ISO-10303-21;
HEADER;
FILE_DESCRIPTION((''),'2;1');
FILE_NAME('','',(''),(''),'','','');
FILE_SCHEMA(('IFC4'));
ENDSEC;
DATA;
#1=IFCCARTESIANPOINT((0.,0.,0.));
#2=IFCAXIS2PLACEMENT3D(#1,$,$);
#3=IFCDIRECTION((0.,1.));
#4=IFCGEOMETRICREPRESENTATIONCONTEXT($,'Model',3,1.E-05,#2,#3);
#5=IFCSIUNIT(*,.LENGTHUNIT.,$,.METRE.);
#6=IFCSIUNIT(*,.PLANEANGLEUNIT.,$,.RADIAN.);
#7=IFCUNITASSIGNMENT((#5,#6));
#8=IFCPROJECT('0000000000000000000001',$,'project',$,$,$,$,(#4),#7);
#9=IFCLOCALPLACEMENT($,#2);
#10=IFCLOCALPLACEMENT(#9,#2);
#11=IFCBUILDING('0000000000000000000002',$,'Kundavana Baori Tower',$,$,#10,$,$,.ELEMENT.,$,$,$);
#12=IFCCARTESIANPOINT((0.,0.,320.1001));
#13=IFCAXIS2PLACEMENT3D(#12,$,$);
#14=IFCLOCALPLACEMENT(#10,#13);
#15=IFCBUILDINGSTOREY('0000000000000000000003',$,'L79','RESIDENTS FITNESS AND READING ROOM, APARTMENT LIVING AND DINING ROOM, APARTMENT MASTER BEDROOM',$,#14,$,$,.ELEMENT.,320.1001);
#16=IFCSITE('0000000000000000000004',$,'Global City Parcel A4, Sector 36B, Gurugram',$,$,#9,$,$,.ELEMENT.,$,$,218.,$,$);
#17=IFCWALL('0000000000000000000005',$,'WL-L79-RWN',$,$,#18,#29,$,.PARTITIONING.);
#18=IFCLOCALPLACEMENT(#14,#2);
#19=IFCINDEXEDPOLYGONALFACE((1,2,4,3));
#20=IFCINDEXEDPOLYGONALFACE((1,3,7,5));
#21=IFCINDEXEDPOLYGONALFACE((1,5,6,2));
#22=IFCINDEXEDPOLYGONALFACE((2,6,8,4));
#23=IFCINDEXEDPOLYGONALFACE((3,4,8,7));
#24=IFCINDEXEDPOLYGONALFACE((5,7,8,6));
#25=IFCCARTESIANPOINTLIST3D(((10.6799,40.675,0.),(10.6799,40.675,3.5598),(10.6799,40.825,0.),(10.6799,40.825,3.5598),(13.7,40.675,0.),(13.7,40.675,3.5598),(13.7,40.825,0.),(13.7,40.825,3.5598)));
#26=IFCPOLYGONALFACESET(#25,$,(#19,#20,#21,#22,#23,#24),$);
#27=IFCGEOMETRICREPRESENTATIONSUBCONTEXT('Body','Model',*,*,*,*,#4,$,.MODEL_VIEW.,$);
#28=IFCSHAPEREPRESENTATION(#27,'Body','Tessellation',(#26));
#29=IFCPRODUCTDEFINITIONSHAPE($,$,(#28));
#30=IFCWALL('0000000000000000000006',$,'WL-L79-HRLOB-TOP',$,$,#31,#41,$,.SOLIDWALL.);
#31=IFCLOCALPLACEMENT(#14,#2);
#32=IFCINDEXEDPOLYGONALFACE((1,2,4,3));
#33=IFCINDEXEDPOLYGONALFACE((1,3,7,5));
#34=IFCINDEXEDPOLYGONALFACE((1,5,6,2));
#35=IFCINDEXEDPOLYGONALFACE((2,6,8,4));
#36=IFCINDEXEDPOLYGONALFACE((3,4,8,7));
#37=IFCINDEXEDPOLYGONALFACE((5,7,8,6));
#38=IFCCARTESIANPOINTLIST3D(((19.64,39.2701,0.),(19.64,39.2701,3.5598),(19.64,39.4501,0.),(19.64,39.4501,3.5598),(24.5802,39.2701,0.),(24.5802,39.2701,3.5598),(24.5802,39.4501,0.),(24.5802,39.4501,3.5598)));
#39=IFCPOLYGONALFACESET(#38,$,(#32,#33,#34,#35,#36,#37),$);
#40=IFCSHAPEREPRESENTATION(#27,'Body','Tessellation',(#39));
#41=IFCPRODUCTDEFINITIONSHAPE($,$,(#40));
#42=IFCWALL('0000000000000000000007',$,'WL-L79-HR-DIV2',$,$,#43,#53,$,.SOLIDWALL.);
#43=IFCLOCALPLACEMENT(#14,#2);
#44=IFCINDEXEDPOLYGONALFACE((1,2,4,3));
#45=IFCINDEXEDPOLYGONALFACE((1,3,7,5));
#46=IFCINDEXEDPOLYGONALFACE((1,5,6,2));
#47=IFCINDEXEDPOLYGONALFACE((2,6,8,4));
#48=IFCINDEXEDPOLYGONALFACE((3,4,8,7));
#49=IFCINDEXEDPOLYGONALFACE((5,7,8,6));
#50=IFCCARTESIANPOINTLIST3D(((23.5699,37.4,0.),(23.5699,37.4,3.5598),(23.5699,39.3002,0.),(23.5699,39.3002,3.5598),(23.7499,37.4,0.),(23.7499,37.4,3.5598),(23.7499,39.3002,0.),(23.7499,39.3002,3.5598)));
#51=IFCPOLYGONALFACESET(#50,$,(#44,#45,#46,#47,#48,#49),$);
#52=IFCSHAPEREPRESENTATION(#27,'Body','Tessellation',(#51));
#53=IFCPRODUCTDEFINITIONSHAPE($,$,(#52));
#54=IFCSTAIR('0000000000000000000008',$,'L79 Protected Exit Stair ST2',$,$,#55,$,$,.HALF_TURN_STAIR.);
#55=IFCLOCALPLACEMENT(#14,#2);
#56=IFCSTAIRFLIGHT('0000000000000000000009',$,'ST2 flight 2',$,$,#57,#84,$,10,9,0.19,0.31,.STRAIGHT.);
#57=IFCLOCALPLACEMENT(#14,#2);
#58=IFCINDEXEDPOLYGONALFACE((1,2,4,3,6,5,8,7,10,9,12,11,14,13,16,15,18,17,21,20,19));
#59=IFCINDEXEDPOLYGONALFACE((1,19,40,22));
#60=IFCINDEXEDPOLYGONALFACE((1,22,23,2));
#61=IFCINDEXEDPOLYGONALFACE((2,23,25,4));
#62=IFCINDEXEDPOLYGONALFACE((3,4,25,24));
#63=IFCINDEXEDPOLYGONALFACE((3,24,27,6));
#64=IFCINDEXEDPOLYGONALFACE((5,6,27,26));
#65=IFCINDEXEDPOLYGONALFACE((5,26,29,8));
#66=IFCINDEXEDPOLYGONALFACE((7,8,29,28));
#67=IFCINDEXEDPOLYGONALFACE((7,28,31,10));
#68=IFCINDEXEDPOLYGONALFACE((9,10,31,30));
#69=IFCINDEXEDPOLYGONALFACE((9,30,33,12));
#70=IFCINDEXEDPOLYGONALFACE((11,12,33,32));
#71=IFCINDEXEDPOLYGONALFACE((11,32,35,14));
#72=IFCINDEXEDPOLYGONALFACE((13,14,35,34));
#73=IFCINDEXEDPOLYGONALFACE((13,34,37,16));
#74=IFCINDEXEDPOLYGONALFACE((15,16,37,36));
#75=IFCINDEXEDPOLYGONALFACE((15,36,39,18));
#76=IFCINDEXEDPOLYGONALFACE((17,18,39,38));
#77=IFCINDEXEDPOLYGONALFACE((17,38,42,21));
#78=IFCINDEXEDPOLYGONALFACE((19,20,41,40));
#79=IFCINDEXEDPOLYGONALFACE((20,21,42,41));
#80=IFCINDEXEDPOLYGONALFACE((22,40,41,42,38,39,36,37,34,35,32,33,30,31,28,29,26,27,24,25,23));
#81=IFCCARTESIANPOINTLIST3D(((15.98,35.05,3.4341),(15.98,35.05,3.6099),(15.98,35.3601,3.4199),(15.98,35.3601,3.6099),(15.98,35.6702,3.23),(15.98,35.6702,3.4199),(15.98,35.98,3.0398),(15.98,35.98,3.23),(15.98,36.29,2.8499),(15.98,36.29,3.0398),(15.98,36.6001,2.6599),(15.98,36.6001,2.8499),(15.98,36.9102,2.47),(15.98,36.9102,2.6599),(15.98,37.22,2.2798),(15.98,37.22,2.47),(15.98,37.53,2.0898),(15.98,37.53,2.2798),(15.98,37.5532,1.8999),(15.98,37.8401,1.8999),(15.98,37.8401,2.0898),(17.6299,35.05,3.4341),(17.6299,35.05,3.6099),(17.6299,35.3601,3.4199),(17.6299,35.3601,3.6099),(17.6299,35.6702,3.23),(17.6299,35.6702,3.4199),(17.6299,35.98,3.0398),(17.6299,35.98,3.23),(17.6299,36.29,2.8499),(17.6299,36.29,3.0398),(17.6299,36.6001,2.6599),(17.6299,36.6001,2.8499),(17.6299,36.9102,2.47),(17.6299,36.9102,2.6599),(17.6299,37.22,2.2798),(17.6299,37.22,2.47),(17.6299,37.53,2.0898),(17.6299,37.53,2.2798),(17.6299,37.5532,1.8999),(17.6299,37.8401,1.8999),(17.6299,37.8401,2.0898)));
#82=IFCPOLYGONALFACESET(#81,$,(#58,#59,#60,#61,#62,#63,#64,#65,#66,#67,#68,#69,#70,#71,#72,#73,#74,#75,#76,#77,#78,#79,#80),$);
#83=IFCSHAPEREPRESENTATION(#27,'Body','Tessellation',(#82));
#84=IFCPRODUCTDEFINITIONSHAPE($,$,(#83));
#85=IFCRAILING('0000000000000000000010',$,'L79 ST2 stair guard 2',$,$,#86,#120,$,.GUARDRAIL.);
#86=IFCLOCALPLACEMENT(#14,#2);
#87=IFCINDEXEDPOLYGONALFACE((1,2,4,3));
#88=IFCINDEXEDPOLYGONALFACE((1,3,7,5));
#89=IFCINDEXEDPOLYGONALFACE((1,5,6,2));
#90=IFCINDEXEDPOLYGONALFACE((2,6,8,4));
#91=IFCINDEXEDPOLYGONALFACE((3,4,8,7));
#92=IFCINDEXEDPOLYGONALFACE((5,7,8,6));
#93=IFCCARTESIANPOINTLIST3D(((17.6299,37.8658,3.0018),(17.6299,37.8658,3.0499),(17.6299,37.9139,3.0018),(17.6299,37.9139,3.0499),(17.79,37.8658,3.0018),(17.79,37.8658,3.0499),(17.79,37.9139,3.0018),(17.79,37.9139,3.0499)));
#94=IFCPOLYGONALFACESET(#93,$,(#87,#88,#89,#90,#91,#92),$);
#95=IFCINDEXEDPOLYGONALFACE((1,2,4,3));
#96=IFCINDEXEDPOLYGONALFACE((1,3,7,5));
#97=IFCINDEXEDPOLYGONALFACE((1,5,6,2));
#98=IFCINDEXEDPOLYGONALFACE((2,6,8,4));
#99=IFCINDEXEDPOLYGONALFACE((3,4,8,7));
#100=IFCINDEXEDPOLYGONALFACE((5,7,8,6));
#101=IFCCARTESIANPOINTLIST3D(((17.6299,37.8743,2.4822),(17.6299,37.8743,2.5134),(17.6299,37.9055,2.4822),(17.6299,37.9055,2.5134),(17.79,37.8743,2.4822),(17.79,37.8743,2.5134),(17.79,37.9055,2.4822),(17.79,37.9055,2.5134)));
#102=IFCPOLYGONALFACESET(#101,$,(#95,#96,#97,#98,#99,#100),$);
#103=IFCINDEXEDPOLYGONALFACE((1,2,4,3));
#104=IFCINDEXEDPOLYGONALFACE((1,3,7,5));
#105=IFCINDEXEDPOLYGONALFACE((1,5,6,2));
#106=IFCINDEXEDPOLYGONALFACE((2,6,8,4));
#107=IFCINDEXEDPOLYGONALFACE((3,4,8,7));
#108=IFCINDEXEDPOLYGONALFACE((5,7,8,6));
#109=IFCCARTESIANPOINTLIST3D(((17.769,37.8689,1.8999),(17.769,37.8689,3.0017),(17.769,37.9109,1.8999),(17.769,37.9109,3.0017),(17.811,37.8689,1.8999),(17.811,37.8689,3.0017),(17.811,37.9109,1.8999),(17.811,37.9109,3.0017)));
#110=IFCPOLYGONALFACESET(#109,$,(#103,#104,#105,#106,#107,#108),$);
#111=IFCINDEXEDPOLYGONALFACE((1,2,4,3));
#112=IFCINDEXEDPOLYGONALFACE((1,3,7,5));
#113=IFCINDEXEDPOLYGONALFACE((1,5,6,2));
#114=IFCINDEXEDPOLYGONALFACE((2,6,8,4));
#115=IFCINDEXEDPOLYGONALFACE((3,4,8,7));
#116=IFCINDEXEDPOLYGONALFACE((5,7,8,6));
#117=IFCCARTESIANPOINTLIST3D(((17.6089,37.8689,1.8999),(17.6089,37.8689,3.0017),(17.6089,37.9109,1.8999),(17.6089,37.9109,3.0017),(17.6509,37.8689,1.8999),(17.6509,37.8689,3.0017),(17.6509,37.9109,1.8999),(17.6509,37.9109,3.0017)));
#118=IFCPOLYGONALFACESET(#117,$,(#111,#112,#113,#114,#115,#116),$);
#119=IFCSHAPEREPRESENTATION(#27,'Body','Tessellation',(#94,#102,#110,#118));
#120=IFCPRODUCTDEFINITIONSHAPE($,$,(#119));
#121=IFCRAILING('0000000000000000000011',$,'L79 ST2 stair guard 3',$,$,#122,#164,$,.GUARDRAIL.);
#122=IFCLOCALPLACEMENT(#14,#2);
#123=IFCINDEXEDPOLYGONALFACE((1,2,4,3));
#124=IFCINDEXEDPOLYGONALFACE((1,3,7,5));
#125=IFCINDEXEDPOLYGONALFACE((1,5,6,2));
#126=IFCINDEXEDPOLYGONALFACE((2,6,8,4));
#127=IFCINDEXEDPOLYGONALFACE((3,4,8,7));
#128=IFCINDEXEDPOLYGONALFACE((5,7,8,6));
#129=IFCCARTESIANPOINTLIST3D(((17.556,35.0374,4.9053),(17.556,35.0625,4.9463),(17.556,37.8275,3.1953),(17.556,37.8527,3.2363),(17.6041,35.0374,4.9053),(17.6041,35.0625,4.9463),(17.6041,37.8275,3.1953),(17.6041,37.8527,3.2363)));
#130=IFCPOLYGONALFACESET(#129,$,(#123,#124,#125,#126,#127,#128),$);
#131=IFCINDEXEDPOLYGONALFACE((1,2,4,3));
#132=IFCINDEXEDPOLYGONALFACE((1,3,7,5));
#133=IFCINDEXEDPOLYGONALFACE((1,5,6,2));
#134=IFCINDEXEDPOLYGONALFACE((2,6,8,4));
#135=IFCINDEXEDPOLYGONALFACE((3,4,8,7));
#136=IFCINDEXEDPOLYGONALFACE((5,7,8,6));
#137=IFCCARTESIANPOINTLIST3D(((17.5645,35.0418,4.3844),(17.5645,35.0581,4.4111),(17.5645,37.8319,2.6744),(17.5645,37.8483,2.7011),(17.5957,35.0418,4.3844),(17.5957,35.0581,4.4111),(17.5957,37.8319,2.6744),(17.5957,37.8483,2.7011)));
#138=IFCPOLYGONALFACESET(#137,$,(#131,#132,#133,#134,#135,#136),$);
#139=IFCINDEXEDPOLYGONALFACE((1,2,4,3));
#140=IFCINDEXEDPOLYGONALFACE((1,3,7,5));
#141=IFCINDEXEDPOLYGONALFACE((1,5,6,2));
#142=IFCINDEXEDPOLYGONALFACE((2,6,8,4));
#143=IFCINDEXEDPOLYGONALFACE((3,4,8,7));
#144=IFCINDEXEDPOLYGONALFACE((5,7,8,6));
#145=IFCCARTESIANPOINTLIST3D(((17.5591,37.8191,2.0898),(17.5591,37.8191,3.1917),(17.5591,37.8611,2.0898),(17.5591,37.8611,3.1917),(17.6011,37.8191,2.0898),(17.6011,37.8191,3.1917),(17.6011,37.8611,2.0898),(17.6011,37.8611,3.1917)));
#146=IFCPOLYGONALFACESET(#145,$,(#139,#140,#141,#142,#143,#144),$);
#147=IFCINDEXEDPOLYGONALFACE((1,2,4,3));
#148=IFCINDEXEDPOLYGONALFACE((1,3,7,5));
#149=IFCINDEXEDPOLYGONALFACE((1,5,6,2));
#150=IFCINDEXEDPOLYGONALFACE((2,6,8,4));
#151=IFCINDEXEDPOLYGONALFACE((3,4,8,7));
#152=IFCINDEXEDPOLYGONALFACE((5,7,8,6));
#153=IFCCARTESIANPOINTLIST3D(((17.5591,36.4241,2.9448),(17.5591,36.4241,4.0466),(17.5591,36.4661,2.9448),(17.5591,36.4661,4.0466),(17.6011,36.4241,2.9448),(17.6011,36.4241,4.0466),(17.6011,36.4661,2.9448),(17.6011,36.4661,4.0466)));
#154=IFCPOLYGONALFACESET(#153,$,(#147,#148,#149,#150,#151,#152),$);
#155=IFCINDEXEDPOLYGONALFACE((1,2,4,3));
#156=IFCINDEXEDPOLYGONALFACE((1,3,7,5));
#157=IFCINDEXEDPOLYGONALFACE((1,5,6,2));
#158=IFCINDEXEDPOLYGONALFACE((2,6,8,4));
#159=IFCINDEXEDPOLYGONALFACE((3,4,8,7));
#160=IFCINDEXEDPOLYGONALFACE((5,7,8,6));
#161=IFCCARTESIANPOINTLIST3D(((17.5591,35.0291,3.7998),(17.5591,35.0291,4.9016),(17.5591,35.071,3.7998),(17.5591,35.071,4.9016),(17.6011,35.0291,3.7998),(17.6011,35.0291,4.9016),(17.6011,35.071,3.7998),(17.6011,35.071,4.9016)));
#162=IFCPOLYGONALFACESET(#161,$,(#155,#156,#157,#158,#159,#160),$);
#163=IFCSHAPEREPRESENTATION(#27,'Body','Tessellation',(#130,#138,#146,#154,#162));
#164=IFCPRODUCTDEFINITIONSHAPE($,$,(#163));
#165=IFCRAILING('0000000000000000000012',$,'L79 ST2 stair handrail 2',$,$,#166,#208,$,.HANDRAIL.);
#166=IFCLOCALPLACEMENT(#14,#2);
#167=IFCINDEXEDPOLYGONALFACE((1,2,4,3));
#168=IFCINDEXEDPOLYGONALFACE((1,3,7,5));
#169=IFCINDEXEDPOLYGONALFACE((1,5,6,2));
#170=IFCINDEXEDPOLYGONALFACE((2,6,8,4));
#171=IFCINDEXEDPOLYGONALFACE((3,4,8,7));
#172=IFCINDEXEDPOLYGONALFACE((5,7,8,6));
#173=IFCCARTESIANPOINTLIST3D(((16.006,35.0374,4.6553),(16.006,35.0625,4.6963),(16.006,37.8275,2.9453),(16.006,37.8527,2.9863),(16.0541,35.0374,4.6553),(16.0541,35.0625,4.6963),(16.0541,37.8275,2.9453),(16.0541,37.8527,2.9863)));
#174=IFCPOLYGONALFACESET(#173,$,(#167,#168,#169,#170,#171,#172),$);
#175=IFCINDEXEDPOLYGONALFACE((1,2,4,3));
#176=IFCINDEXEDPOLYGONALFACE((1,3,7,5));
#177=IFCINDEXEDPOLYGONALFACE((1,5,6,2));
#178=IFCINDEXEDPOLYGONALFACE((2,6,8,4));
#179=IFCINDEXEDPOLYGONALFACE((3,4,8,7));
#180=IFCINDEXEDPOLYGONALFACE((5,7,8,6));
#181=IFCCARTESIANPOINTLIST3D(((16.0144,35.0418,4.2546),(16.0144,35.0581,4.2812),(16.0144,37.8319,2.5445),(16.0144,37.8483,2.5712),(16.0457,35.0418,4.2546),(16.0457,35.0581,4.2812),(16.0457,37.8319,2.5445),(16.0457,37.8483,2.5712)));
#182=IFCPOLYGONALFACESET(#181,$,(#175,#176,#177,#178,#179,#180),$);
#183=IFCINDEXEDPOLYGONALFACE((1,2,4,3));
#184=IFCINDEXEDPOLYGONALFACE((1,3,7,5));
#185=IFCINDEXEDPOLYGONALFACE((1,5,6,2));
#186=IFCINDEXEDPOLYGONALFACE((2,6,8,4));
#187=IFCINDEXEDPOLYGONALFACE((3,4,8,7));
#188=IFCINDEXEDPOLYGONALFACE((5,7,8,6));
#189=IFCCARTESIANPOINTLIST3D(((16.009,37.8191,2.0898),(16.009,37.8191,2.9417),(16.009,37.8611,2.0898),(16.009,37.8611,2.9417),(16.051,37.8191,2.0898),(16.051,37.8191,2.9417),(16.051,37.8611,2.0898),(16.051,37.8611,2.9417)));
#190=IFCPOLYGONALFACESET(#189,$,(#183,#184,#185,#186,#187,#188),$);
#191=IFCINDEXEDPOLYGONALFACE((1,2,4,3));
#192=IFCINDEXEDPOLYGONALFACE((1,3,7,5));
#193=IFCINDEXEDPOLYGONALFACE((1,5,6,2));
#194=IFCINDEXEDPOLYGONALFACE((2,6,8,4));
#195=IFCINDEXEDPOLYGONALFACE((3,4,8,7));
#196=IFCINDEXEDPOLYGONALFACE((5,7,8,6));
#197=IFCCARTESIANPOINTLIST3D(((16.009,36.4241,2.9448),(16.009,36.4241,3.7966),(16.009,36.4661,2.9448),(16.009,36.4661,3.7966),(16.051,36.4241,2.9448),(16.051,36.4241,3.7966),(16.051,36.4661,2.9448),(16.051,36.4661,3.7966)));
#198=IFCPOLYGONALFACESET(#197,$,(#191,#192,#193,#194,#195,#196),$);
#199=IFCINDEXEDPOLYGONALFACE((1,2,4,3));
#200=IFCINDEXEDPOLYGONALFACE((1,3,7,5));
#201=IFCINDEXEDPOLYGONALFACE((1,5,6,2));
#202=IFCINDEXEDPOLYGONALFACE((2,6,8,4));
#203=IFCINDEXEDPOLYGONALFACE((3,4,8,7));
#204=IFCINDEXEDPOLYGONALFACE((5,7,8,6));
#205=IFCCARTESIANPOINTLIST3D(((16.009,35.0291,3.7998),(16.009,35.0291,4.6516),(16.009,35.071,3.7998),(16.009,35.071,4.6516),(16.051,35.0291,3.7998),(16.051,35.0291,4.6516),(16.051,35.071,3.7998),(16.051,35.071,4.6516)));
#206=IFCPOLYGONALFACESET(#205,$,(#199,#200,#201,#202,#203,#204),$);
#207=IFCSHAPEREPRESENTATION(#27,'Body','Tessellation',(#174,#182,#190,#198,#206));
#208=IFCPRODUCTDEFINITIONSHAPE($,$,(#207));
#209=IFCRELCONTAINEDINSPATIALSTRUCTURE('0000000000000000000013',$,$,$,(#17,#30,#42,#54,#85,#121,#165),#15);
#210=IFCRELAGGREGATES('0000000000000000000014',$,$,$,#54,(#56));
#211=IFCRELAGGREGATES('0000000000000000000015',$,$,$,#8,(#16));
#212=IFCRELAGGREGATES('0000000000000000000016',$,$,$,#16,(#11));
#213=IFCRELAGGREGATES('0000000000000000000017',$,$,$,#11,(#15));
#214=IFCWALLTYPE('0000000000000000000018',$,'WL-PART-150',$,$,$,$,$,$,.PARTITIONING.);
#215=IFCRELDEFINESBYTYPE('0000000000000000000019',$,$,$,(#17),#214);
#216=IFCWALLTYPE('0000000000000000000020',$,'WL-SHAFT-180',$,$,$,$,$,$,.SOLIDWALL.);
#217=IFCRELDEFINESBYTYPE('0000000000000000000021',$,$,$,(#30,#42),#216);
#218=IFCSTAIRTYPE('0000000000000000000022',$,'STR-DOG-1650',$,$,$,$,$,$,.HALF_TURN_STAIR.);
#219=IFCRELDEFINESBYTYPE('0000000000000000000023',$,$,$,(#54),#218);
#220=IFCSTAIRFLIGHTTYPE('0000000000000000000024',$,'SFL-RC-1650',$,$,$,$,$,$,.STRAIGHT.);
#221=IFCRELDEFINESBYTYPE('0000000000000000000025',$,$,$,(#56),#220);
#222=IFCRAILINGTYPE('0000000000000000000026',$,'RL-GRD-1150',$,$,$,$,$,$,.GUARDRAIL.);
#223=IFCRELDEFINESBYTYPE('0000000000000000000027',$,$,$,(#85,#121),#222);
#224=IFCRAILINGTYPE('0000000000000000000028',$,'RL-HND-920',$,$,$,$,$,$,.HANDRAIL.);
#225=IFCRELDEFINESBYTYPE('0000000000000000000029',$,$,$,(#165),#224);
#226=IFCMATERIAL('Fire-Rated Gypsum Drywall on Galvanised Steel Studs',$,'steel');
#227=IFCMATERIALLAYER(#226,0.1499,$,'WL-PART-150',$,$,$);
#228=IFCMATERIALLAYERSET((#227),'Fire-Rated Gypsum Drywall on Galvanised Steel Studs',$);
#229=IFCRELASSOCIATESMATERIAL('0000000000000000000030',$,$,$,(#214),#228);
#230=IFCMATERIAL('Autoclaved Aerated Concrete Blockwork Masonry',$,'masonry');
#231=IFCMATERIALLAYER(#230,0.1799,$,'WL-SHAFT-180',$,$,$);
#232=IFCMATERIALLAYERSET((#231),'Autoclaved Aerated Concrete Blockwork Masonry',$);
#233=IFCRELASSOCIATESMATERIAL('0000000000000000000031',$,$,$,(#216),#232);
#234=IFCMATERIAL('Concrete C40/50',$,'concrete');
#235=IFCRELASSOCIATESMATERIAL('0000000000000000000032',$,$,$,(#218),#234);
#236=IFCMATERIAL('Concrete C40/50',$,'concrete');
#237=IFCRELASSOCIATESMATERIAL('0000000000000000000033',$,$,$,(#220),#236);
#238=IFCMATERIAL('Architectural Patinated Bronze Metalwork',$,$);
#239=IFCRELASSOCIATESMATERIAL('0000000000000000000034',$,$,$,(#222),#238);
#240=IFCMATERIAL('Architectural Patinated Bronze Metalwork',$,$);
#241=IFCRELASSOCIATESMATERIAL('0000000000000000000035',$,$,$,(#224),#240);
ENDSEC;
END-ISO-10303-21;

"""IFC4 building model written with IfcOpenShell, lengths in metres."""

from ifc_helpers import new_model, si_unit, direction, frame, frame_2d, origin, origin_2d, place, context, subcontext, project, spatial, polyline, rectangle, outline, extrude, material, layer, layer_set, type_object, element, aggregate, save


model = new_model("IFC4")

# Units and contexts
model_context = context("Model", 3, precision=1e-05, world=origin(), true_north=direction((0.0, 1.0)))
body_context = subcontext(model_context, "Body", "Model", "MODEL_VIEW")
ifc_project = project(units=[si_unit("LENGTHUNIT", "METRE"), si_unit("PLANEANGLEUNIT", "RADIAN")], contexts=[model_context])

# Site, building, storey
site_placement = place(None, origin())
site = spatial("IfcSite", under=ifc_project, at=site_placement, Name="Global City Parcel A4, Sector 36B, Gurugram", CompositionType="ELEMENT", RefElevation=218.0)
building_placement = place(site_placement, origin())
building = spatial("IfcBuilding", under=site, at=building_placement, Name="Kundavana Baori Tower", CompositionType="ELEMENT")
storey_placement = place(building_placement, frame((0.0, 0.0, 320.1001)))
storey = spatial("IfcBuildingStorey", under=building, at=storey_placement, Name="L79", Description="RESIDENTS FITNESS AND READING ROOM, APARTMENT LIVING AND DINING ROOM, APARTMENT MASTER BEDROOM", CompositionType="ELEMENT", Elevation=320.1001)

# Shared definitions
ifc_material_1 = material(Name="Fire-Rated Gypsum Drywall on Galvanised Steel Studs", Category="steel")
ifc_layer_1 = layer(ifc_material_1, 0.1499, Name="WL-PART-150")
ifc_layer_set_1 = layer_set([ifc_layer_1], Name="Fire-Rated Gypsum Drywall on Galvanised Steel Studs")
wall_type_1 = type_object("IfcWallType", Name="WL-PART-150", PredefinedType="PARTITIONING", material=ifc_layer_set_1)

# Walls
wall_1_placement = place(storey_placement, frame((10.6799, 40.75, 0.0), z_axis=(0.0, 0.0, 1.0), x_axis=(1.0, 0.0, 0.0)))
element("IfcWall", 1, at=wall_1_placement, inside=storey, type_object=wall_type_1, Name="WL-L79-RWN", PredefinedType="PARTITIONING", context=body_context, shape_type="SweptSolid", body=[
    extrude(rectangle(XDim=3.02, YDim=0.1499, at=frame_2d((1.51, 0.0))), origin(), (0.0, 0.0, 1.0), 3.5598),
])
ifc_material_2 = material(Name="Autoclaved Aerated Concrete Blockwork Masonry", Category="masonry")
ifc_layer_2 = layer(ifc_material_2, 0.1799, Name="WL-SHAFT-180")
ifc_layer_set_2 = layer_set([ifc_layer_2], Name="Autoclaved Aerated Concrete Blockwork Masonry")
wall_type_2 = type_object("IfcWallType", Name="WL-SHAFT-180", PredefinedType="SOLIDWALL", material=ifc_layer_set_2)
wall_2_placement = place(storey_placement, frame((19.6399, 39.3601, 0.0), z_axis=(0.0, 0.0, 1.0), x_axis=(1.0, 0.0, 0.0)))
element("IfcWall", 2, at=wall_2_placement, inside=storey, type_object=wall_type_2, Name="WL-L79-HRLOB-TOP", PredefinedType="SOLIDWALL", context=body_context, shape_type="SweptSolid", body=[
    extrude(rectangle(XDim=4.9402, YDim=0.1799, at=frame_2d((2.4702, 0.0))), origin(), (0.0, 0.0, 1.0), 3.5598),
])
wall_3_placement = place(storey_placement, frame((23.6599, 37.3999, 0.0), z_axis=(0.0, 0.0, 1.0), x_axis=(0.0, 1.0, 0.0)))
element("IfcWall", 3, at=wall_3_placement, inside=storey, type_object=wall_type_2, Name="WL-L79-HR-DIV2", PredefinedType="SOLIDWALL", context=body_context, shape_type="SweptSolid", body=[
    extrude(rectangle(XDim=1.9001, YDim=0.1799, at=frame_2d((0.9502, 0.0))), origin(), (0.0, 0.0, 1.0), 3.5598),
])

# Stair, stair flight
ifc_material_3 = material(Name="Concrete C40/50", Category="concrete")
stair_type = type_object("IfcStairType", Name="STR-DOG-1650", PredefinedType="HALF_TURN_STAIR", material=ifc_material_3)
stair_placement = place(storey_placement, origin())
stair = element("IfcStair", 4, at=stair_placement, inside=storey, type_object=stair_type, Name="L79 Protected Exit Stair ST2", PredefinedType="HALF_TURN_STAIR")
ifc_material_4 = material(Name="Concrete C40/50", Category="concrete")
stair_flight_type = type_object("IfcStairFlightType", Name="SFL-RC-1650", PredefinedType="STRAIGHT", material=ifc_material_4)
stair_flight_placement = place(storey_placement, frame((16.8049, 37.8401, 1.8999), z_axis=(0.0, 0.0, 1.0), x_axis=(0.0, -1.0, 0.0)))
stair_flight = element("IfcStairFlight", 5, at=stair_flight_placement, type_object=stair_flight_type, Name="ST2 flight 2", NumberOfRisers=10, NumberOfTreads=9, PredefinedType="STRAIGHT", RiserHeight=0.19, TreadLength=0.31, context=body_context, shape_type="SweptSolid", body=[
    extrude(outline(polyline([(0.0, 0.0), (0.0, 0.1899), (0.3101, 0.1899), (0.3101, 0.3799), (0.6201, 0.3799), (0.6201, 0.5701), (0.9299, 0.5701), (0.9299, 0.76), (1.24, 0.76), (1.24, 0.95), (1.55, 0.95), (1.55, 1.1399), (1.8601, 1.1399), (1.8601, 1.3301), (2.1699, 1.3301), (2.1699, 1.52), (2.48, 1.52), (2.48, 1.71), (2.79, 1.71), (2.79, 1.8999), (2.79, 1.5342), (0.2869, 0.0), (0.0, 0.0)])), frame((0.0, 0.825, 0.0), z_axis=(0.0, -1.0, 0.0), x_axis=(1.0, 0.0, 0.0)), (0.0, 0.0, 1.0), 1.6499),
])
aggregate(stair, [stair_flight])

# Railings
ifc_material_5 = material(Name="Architectural Patinated Bronze Metalwork")
railing_type_1 = type_object("IfcRailingType", Name="RL-GRD-1150", PredefinedType="GUARDRAIL", material=ifc_material_5)
railing_1_placement = place(storey_placement, frame((17.79, 37.8899, 1.8999)))
element("IfcRailing", 6, at=railing_1_placement, inside=storey, type_object=railing_type_1, Name="L79 ST2 stair guard 2", PredefinedType="GUARDRAIL", context=body_context, shape_type="SweptSolid", body=[
    extrude(rectangle(XDim=0.0481, YDim=0.0481, at=origin_2d()), frame((0.0, 0.0, 1.126), z_axis=(-1.0, 0.0, 0.0), x_axis=(0.0, -1.0, 0.0)), (0.0, 0.0, 1.0), 0.1602),
    extrude(rectangle(XDim=0.0312, YDim=0.0312, at=origin_2d()), frame((0.0, 0.0, 0.5979), z_axis=(-1.0, 0.0, 0.0), x_axis=(0.0, -1.0, 0.0)), (0.0, 0.0, 1.0), 0.1602),
    extrude(rectangle(XDim=0.042, YDim=0.042, at=origin_2d()), origin(), (0.0, 0.0, 1.0), 1.1018),
    extrude(rectangle(XDim=0.042, YDim=0.042, at=origin_2d()), frame((-0.1602, 0.0, 0.0)), (0.0, 0.0, 1.0), 1.1018),
])
railing_2_placement = place(storey_placement, frame((17.5801, 37.8401, 2.0898)))
element("IfcRailing", 7, at=railing_2_placement, inside=storey, type_object=railing_type_1, Name="L79 ST2 stair guard 3", PredefinedType="GUARDRAIL", context=body_context, shape_type="SweptSolid", body=[
    extrude(rectangle(XDim=0.0481, YDim=0.0481, at=origin_2d()), frame((0.0, 0.0, 1.126), z_axis=(0.0, -0.85261, 0.522548), x_axis=(1.0, 0.0, 0.0)), (0.0, 0.0, 1.0), 3.2725),
    extrude(rectangle(XDim=0.0312, YDim=0.0312, at=origin_2d()), frame((0.0, 0.0, 0.5979), z_axis=(0.0, -0.85261, 0.522548), x_axis=(1.0, 0.0, 0.0)), (0.0, 0.0, 1.0), 3.2725),
    extrude(rectangle(XDim=0.042, YDim=0.042, at=origin_2d()), origin(), (0.0, 0.0, 1.0), 1.1018),
    extrude(rectangle(XDim=0.042, YDim=0.042, at=origin_2d()), frame((0.0, -1.395, 0.855)), (0.0, 0.0, 1.0), 1.1018),
    extrude(rectangle(XDim=0.042, YDim=0.042, at=origin_2d()), frame((0.0, -2.79, 1.71)), (0.0, 0.0, 1.0), 1.1018),
])
ifc_material_6 = material(Name="Architectural Patinated Bronze Metalwork")
railing_type_2 = type_object("IfcRailingType", Name="RL-HND-920", PredefinedType="HANDRAIL", material=ifc_material_6)
railing_3_placement = place(storey_placement, frame((16.03, 37.8401, 2.0898)))
element("IfcRailing", 8, at=railing_3_placement, inside=storey, type_object=railing_type_2, Name="L79 ST2 stair handrail 2", PredefinedType="HANDRAIL", context=body_context, shape_type="SweptSolid", body=[
    extrude(rectangle(XDim=0.0481, YDim=0.0481, at=origin_2d()), frame((0.0, 0.0, 0.876), z_axis=(0.0, -0.85261, 0.522548), x_axis=(1.0, 0.0, 0.0)), (0.0, 0.0, 1.0), 3.2725),
    extrude(rectangle(XDim=0.0312, YDim=0.0312, at=origin_2d()), frame((0.0, 0.0, 0.468), z_axis=(0.0, -0.85261, 0.522548), x_axis=(1.0, 0.0, 0.0)), (0.0, 0.0, 1.0), 3.2725),
    extrude(rectangle(XDim=0.042, YDim=0.042, at=origin_2d()), origin(), (0.0, 0.0, 1.0), 0.8518),
    extrude(rectangle(XDim=0.042, YDim=0.042, at=origin_2d()), frame((0.0, -1.395, 0.855)), (0.0, 0.0, 1.0), 0.8518),
    extrude(rectangle(XDim=0.042, YDim=0.042, at=origin_2d()), frame((0.0, -2.79, 1.71)), (0.0, 0.0, 1.0), 0.8518),
])

save(model, "model.ifc")
